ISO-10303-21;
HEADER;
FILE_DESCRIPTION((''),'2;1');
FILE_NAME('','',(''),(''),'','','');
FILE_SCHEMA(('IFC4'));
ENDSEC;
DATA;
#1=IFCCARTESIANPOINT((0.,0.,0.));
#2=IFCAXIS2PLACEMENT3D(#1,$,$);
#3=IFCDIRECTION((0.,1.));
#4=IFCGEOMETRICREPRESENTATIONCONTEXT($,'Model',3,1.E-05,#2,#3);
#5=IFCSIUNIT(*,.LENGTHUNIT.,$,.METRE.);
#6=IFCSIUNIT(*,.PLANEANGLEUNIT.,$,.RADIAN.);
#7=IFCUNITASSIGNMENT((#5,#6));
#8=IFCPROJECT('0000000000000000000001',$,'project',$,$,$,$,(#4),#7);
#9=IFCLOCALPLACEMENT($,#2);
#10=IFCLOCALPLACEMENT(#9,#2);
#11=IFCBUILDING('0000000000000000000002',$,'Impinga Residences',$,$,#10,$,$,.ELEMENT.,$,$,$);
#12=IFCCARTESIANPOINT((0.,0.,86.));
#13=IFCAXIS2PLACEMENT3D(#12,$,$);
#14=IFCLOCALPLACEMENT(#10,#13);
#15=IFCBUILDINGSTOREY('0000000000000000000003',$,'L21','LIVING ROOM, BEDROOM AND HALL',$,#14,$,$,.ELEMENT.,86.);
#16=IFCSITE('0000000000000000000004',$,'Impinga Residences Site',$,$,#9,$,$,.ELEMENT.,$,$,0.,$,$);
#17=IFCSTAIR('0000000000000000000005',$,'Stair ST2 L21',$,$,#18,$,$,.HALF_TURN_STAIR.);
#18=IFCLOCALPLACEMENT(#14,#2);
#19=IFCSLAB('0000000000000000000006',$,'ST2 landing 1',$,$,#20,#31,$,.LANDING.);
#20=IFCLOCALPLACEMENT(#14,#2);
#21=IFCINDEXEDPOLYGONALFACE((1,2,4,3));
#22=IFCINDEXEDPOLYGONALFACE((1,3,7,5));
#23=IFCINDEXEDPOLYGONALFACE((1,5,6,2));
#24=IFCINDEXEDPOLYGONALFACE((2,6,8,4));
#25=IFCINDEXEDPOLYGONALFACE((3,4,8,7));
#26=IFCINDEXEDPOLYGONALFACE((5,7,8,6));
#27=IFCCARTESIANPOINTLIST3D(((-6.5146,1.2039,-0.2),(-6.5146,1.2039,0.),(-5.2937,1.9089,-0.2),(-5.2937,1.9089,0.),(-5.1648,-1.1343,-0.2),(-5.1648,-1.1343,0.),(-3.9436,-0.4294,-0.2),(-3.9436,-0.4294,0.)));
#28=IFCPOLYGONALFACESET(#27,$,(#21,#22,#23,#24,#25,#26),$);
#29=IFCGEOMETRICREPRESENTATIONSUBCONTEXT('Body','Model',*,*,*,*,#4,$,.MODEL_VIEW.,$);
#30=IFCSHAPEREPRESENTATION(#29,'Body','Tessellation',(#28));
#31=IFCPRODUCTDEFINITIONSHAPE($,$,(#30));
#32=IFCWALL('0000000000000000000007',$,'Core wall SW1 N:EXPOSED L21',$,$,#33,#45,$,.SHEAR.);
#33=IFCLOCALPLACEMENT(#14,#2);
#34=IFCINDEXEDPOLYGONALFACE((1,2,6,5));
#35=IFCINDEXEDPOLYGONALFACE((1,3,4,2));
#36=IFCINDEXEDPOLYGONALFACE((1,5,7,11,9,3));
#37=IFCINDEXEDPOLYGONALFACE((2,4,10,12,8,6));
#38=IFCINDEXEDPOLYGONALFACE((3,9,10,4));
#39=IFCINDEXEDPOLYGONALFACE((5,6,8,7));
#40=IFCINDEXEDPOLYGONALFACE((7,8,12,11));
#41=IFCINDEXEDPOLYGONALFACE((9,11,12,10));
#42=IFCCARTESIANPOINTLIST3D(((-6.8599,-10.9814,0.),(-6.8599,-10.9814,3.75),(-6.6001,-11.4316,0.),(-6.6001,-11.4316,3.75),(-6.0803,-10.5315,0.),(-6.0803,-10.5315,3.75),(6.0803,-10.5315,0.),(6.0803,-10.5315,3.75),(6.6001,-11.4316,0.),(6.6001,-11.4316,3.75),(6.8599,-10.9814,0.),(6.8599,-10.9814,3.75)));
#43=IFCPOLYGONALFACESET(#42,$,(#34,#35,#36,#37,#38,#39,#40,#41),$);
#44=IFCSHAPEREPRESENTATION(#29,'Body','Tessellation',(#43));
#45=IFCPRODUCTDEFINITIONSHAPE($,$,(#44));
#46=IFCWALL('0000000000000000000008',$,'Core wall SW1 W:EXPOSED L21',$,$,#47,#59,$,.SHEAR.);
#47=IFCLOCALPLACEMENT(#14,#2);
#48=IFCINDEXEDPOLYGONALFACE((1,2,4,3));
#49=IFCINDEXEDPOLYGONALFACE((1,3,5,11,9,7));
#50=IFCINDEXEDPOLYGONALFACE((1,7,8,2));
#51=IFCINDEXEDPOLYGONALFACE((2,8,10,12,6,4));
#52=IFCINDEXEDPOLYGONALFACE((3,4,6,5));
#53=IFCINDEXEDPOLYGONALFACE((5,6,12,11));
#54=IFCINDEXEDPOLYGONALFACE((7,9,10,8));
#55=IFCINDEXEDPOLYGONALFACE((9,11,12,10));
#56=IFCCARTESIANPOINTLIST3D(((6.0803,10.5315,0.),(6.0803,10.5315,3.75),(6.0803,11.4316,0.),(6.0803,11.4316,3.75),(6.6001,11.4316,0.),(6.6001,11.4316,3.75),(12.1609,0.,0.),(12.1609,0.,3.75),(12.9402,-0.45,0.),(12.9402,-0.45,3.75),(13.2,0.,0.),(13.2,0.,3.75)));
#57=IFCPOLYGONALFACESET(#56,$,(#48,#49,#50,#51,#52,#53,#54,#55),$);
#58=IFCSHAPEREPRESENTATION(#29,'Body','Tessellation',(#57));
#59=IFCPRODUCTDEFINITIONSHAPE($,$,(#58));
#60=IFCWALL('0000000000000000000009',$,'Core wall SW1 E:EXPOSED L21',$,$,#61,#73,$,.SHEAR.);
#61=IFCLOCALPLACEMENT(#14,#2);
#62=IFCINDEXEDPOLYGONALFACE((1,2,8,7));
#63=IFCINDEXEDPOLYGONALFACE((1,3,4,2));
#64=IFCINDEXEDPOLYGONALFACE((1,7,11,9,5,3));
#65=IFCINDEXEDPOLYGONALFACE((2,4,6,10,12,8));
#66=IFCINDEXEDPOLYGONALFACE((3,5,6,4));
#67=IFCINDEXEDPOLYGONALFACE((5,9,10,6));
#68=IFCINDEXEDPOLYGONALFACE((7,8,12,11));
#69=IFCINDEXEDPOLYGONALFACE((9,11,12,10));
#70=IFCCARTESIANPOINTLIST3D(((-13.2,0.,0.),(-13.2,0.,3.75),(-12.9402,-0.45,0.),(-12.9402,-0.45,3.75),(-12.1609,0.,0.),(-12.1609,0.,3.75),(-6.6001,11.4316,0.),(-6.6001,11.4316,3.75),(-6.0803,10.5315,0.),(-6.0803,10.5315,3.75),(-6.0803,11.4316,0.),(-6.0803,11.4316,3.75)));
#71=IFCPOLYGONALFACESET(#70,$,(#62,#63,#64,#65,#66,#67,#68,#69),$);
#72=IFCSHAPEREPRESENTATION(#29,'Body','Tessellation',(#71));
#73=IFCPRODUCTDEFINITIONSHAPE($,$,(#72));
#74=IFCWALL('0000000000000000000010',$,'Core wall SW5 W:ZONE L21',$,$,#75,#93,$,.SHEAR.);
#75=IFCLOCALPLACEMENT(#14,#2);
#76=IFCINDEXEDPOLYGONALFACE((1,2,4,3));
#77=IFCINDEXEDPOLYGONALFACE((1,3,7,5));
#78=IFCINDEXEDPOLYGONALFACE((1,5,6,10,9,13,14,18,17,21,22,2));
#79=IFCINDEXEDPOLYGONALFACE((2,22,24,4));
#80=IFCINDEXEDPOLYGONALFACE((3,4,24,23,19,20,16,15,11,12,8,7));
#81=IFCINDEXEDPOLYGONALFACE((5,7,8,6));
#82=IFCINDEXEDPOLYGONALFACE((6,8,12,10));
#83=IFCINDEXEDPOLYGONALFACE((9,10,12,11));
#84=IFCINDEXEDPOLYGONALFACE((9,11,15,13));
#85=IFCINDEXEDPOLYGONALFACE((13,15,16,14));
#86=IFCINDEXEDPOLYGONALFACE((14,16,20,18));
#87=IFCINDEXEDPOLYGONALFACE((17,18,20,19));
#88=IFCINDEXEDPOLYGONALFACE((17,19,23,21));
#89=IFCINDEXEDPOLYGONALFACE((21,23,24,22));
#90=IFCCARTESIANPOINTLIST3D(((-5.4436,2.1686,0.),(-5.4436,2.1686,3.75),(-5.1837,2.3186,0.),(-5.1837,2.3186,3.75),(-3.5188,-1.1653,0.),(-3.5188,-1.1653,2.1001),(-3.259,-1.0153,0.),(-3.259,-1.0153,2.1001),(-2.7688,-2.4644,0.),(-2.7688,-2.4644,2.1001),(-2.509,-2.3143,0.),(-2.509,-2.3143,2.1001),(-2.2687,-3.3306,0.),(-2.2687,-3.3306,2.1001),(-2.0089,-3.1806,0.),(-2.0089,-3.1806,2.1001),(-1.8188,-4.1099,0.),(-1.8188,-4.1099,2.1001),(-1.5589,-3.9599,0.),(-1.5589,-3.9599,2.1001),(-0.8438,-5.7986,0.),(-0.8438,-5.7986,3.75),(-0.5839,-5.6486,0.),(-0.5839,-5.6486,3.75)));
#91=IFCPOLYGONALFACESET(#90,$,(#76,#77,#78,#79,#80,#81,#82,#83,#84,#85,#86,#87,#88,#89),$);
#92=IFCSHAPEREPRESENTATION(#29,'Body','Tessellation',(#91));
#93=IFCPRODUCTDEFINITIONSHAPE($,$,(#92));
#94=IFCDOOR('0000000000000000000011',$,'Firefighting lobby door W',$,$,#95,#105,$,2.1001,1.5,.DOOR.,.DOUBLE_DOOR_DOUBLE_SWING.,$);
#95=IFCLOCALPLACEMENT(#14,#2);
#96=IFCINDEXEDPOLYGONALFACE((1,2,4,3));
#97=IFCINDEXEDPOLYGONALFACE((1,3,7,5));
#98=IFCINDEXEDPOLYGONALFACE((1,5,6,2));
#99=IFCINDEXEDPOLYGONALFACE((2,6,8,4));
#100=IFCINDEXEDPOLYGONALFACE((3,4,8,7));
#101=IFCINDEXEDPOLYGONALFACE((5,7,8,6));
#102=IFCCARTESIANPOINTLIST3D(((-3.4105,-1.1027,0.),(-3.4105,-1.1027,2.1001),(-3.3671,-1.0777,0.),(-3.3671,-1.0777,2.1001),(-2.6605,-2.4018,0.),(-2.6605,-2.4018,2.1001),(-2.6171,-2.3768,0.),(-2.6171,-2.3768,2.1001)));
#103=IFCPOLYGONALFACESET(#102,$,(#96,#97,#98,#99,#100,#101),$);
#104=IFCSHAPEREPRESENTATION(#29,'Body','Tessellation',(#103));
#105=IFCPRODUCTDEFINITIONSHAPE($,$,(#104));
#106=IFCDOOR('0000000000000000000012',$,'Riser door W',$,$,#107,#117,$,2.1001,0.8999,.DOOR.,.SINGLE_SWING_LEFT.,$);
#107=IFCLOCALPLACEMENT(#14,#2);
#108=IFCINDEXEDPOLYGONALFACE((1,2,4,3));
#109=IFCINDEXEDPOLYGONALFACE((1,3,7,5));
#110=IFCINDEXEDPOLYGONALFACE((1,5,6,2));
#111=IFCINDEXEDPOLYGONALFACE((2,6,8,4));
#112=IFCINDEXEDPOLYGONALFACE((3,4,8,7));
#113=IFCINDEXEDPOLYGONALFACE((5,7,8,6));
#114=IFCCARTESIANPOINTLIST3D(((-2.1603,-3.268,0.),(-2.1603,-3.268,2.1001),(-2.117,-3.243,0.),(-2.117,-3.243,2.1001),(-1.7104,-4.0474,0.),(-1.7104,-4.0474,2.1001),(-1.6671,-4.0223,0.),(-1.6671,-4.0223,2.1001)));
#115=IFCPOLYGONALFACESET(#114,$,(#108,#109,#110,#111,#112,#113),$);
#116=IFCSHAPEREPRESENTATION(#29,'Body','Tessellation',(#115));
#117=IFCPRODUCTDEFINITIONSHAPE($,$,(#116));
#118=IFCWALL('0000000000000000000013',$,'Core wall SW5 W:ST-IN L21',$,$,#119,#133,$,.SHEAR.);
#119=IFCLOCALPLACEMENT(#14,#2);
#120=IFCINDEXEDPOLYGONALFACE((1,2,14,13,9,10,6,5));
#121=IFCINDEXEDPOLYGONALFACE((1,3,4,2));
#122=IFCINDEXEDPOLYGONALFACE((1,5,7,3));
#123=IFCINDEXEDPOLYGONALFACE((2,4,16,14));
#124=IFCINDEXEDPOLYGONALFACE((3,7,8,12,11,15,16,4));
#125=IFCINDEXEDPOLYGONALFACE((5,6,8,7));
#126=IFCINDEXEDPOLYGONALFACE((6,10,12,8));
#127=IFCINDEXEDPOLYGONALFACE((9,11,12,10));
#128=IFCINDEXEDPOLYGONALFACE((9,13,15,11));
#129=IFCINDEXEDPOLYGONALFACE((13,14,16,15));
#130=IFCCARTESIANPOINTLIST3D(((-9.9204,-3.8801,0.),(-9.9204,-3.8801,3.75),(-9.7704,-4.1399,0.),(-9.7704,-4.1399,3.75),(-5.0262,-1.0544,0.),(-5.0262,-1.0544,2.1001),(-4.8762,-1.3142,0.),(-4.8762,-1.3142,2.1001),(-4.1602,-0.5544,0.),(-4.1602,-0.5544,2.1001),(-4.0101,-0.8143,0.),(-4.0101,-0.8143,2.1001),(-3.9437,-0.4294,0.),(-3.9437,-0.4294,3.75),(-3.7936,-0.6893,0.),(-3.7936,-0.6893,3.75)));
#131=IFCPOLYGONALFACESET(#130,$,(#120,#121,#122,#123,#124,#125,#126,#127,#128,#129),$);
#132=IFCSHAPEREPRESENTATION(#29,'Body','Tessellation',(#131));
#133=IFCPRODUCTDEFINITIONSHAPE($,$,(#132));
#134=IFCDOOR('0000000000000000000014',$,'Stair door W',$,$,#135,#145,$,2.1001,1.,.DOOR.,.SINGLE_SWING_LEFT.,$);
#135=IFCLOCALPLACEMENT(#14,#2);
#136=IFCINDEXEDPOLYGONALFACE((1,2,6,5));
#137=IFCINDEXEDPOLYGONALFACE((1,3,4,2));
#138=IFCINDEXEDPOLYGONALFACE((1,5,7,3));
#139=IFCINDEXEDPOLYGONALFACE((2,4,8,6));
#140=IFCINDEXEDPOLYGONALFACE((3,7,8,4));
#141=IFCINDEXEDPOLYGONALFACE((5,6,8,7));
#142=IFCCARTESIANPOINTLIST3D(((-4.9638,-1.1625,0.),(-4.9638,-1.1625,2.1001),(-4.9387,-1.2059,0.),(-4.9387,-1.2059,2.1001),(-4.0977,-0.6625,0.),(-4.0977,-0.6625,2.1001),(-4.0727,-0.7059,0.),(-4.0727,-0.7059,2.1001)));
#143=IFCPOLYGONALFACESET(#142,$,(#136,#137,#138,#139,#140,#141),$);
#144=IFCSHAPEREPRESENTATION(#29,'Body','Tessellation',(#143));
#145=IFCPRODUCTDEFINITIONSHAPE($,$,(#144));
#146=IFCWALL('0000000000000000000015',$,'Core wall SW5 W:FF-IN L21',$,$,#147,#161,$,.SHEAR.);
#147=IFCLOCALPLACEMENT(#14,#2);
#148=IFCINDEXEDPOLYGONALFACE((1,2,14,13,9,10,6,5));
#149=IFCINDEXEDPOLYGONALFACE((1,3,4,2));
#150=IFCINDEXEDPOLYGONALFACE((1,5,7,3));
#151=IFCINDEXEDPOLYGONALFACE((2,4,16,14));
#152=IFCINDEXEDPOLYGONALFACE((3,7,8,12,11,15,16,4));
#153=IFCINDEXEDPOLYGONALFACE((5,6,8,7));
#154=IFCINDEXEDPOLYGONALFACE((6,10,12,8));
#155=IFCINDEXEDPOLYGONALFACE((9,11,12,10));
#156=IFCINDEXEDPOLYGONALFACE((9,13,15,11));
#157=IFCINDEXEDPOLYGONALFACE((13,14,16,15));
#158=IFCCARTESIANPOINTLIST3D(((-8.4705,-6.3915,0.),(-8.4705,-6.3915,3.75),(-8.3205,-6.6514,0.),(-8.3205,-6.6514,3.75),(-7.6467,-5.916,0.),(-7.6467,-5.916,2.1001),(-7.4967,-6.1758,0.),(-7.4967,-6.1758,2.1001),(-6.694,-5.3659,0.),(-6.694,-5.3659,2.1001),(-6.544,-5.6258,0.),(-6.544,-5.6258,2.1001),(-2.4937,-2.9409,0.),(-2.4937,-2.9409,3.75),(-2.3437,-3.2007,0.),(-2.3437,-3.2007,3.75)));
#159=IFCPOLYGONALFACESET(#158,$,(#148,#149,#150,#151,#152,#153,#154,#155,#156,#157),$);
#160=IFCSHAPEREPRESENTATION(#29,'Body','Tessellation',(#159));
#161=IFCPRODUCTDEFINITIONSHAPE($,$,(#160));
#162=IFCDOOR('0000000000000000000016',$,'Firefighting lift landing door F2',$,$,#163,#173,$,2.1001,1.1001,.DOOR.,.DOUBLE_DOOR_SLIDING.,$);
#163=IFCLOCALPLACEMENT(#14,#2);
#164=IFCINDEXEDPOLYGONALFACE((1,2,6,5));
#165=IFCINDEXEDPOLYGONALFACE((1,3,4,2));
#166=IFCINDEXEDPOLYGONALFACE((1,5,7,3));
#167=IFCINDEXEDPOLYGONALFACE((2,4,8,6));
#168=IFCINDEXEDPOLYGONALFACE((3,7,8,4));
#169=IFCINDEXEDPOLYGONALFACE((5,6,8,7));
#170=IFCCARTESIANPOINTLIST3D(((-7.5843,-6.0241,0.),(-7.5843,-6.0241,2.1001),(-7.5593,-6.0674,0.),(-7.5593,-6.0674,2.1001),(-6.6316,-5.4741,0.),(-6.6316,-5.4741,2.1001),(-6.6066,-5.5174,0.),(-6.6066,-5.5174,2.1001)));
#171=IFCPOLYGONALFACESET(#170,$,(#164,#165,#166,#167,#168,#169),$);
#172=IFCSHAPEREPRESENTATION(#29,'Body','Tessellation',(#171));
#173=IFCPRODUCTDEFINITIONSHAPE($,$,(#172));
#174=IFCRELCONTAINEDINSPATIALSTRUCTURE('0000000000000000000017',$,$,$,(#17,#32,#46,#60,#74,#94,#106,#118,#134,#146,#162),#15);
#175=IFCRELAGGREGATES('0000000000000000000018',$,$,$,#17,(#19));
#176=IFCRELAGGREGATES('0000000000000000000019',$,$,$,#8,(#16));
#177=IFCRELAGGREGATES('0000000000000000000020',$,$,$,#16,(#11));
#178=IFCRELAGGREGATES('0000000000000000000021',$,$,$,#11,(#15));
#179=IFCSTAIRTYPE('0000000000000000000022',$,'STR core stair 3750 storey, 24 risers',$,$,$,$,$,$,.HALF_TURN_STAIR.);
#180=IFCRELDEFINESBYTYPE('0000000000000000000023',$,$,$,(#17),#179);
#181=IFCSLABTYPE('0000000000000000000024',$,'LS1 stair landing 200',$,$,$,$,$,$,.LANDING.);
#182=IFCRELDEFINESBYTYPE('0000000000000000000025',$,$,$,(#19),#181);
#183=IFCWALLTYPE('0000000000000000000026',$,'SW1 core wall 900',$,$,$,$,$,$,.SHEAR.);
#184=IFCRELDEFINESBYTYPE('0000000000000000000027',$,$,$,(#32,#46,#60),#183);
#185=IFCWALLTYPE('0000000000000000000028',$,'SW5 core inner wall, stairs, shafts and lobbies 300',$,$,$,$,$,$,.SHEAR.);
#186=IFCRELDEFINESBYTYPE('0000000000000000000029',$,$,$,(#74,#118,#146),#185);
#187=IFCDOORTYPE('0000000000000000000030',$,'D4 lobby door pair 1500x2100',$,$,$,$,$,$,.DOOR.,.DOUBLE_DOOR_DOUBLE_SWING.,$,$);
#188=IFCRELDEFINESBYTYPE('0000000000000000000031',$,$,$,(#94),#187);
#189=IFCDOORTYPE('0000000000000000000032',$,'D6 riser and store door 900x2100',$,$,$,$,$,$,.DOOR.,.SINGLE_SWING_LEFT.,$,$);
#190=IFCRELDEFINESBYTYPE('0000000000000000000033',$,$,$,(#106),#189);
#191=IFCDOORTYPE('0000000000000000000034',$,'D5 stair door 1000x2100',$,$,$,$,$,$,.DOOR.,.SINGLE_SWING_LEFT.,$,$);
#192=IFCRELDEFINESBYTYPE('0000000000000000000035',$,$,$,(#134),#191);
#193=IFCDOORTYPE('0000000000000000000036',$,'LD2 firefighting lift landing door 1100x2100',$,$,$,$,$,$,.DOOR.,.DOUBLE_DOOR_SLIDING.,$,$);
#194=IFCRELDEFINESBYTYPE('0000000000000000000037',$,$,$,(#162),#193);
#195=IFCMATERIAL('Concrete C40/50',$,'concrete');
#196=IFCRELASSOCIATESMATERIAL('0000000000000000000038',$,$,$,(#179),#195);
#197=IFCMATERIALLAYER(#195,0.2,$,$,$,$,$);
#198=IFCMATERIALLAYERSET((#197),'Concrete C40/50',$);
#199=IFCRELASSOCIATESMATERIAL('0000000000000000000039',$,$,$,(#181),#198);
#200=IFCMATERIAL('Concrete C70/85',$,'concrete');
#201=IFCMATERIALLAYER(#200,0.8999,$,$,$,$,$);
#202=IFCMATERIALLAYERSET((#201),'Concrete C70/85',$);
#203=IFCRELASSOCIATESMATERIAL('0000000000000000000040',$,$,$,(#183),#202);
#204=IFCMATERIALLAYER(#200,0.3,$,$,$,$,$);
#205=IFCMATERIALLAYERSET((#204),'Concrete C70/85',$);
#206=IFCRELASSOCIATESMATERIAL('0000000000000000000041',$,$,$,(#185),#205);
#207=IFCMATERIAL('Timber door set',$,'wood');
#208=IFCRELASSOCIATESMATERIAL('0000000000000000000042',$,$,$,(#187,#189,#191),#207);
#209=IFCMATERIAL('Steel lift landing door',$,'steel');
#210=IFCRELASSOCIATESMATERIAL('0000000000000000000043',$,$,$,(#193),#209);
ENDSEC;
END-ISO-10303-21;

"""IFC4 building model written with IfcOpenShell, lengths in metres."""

from ifc_helpers import new_model, si_unit, direction, frame, frame_2d, origin, place, context, subcontext, project, spatial, polyline, rectangle, outline, extrude, material, layer, layer_set, type_object, element, fill, aggregate, save


model = new_model("IFC4")

# Units and contexts
model_context = context("Model", 3, precision=1e-05, world=origin(), true_north=direction((0.0, 1.0)))
body_context = subcontext(model_context, "Body", "Model", "MODEL_VIEW")
ifc_project = project(units=[si_unit("LENGTHUNIT", "METRE"), si_unit("PLANEANGLEUNIT", "RADIAN")], contexts=[model_context])

# Site, building, storey
site_placement = place(None, origin())
site = spatial("IfcSite", under=ifc_project, at=site_placement, Name="Impinga Residences Site", CompositionType="ELEMENT", RefElevation=0.0)
building_placement = place(site_placement, origin())
building = spatial("IfcBuilding", under=site, at=building_placement, Name="Impinga Residences", CompositionType="ELEMENT")
storey_placement = place(building_placement, frame((0.0, 0.0, 86.0)))
storey = spatial("IfcBuildingStorey", under=building, at=storey_placement, Name="L21", Description="LIVING ROOM, BEDROOM AND HALL", CompositionType="ELEMENT", Elevation=86.0)

# Shared definitions
ifc_material_1 = material(Name="Concrete C40/50", Category="concrete")
stair_type = type_object("IfcStairType", Name="STR core stair 3750 storey, 24 risers", PredefinedType="HALF_TURN_STAIR", material=ifc_material_1)
ifc_layer_1 = layer(ifc_material_1, 0.2)
ifc_layer_set_1 = layer_set([ifc_layer_1], Name="Concrete C40/50")
slab_type_1 = type_object("IfcSlabType", Name="LS1 stair landing 200", PredefinedType="LANDING", material=ifc_layer_set_1)

# Stair, slab
stair_1_placement = place(storey_placement, origin())
stair_1 = element("IfcStair", 1, at=stair_1_placement, inside=storey, type_object=stair_type, Name="Stair ST2 L21", PredefinedType="HALF_TURN_STAIR")
slab_1_placement = place(storey_placement, frame((0.0, 0.0, -0.2)))
slab_1 = element("IfcSlab", 2, at=slab_1_placement, type_object=slab_type_1, Name="ST2 landing 1", PredefinedType="LANDING", context=body_context, shape_type="SweptSolid", body=[
    extrude(outline(polyline([(-3.9436, -0.4294), (-5.2937, 1.9089), (-6.5146, 1.2039), (-5.1648, -1.1343), (-3.9436, -0.4294)])), origin(), (0.0, 0.0, 1.0), 0.2),
])

# Walls
ifc_material_2 = material(Name="Concrete C70/85", Category="concrete")
ifc_layer_2 = layer(ifc_material_2, 0.8999)
ifc_layer_set_2 = layer_set([ifc_layer_2], Name="Concrete C70/85")
wall_type_1 = type_object("IfcWallType", Name="SW1 core wall 900", PredefinedType="SHEAR", material=ifc_layer_set_2)
wall_1_placement = place(storey_placement, origin())
element("IfcWall", 3, at=wall_1_placement, inside=storey, type_object=wall_type_1, Name="Core wall SW1 N:EXPOSED L21", PredefinedType="SHEAR", context=body_context, shape_type="SweptSolid", body=[
    extrude(outline(polyline([(-6.6001, -11.4316), (6.6001, -11.4316), (6.8599, -10.9814), (6.0803, -10.5315), (-6.0803, -10.5315), (-6.8599, -10.9814), (-6.6001, -11.4316)])), origin(), (0.0, 0.0, 1.0), 3.75),
])
wall_2_placement = place(storey_placement, origin())
element("IfcWall", 4, at=wall_2_placement, inside=storey, type_object=wall_type_1, Name="Core wall SW1 W:EXPOSED L21", PredefinedType="SHEAR", context=body_context, shape_type="SweptSolid", body=[
    extrude(outline(polyline([(13.2, 0.0), (6.6001, 11.4316), (6.0803, 11.4316), (6.0803, 10.5315), (12.1609, 0.0), (12.9402, -0.45), (13.2, 0.0)])), origin(), (0.0, 0.0, 1.0), 3.75),
])
wall_3_placement = place(storey_placement, origin())
element("IfcWall", 5, at=wall_3_placement, inside=storey, type_object=wall_type_1, Name="Core wall SW1 E:EXPOSED L21", PredefinedType="SHEAR", context=body_context, shape_type="SweptSolid", body=[
    extrude(outline(polyline([(-6.6001, 11.4316), (-13.2, 0.0), (-12.9402, -0.45), (-12.1609, 0.0), (-6.0803, 10.5315), (-6.0803, 11.4316), (-6.6001, 11.4316)])), origin(), (0.0, 0.0, 1.0), 3.75),
])

# Wall, openings, doors
ifc_layer_3 = layer(ifc_material_2, 0.3)
ifc_layer_set_3 = layer_set([ifc_layer_3], Name="Concrete C70/85")
wall_type_2 = type_object("IfcWallType", Name="SW5 core inner wall, stairs, shafts and lobbies 300", PredefinedType="SHEAR", material=ifc_layer_set_3)
wall_4_placement = place(storey_placement, frame((-0.7139, -5.7236, 0.0), z_axis=(0.0, 0.0, 1.0), x_axis=(-0.499995, 0.866028, 0.0)))
wall_4 = element("IfcWall", 6, at=wall_4_placement, inside=storey, type_object=wall_type_2, Name="Core wall SW5 W:ZONE L21", PredefinedType="SHEAR", context=body_context, shape_type="SweptSolid", body=[
    extrude(rectangle(XDim=9.1997, YDim=0.3, at=frame_2d((4.5999, 0.0))), origin(), (0.0, 0.0, 1.0), 3.75),
])
opening_1_placement = place(wall_4_placement, frame((3.8501, 0.0, 0.0)))
opening_1 = element("IfcOpeningElement", 7, at=opening_1_placement, cuts=wall_4, PredefinedType="OPENING", context=body_context, shape_type="SweptSolid", body=[
    extrude(rectangle(XDim=1.5, YDim=2.1001, at=frame_2d((0.75, 1.05))), frame((0.0, 0.1599, 0.0), z_axis=(0.0, -1.0, 0.0), x_axis=(1.0, 0.0, 0.0)), (0.0, 0.0, 1.0), 0.3201),
])
opening_2_placement = place(wall_4_placement, frame((1.95, 0.0, 0.0)))
opening_2 = element("IfcOpeningElement", 8, at=opening_2_placement, cuts=wall_4, PredefinedType="OPENING", context=body_context, shape_type="SweptSolid", body=[
    extrude(rectangle(XDim=0.8999, YDim=2.1001, at=frame_2d((0.45, 1.05))), frame((0.0, 0.1599, 0.0), z_axis=(0.0, -1.0, 0.0), x_axis=(1.0, 0.0, 0.0)), (0.0, 0.0, 1.0), 0.3201),
])
ifc_material_3 = material(Name="Timber door set", Category="wood")
door_type_1 = type_object("IfcDoorType", Name="D4 lobby door pair 1500x2100", OperationType="DOUBLE_DOOR_DOUBLE_SWING", PredefinedType="DOOR", material=ifc_material_3)
door_1_placement = place(opening_1_placement, origin())
door_1 = element("IfcDoor", 9, at=door_1_placement, inside=storey, type_object=door_type_1, Name="Firefighting lobby door W", OperationType="DOUBLE_DOOR_DOUBLE_SWING", OverallHeight=2.1001, OverallWidth=1.5, PredefinedType="DOOR", context=body_context, shape_type="SweptSolid", body=[
    extrude(rectangle(XDim=1.5, YDim=2.1001, at=frame_2d((0.75, 1.05))), frame((0.0, 0.0249, 0.0), z_axis=(0.0, -1.0, 0.0), x_axis=(1.0, 0.0, 0.0)), (0.0, 0.0, 1.0), 0.05),
])
fill(opening_1, door_1)
door_type_2 = type_object("IfcDoorType", Name="D6 riser and store door 900x2100", OperationType="SINGLE_SWING_LEFT", PredefinedType="DOOR", material=ifc_material_3)
door_2_placement = place(opening_2_placement, origin())
door_2 = element("IfcDoor", 10, at=door_2_placement, inside=storey, type_object=door_type_2, Name="Riser door W", OperationType="SINGLE_SWING_LEFT", OverallHeight=2.1001, OverallWidth=0.8999, PredefinedType="DOOR", context=body_context, shape_type="SweptSolid", body=[
    extrude(rectangle(XDim=0.8999, YDim=2.1001, at=frame_2d((0.45, 1.05))), frame((0.0, 0.0249, 0.0), z_axis=(0.0, -1.0, 0.0), x_axis=(1.0, 0.0, 0.0)), (0.0, 0.0, 1.0), 0.05),
])
fill(opening_2, door_2)

# Walls, openings, doors
wall_5_placement = place(storey_placement, frame((-3.8687, -0.5593, 0.0), z_axis=(0.0, 0.0, 1.0), x_axis=(-0.866027, -0.499997, 0.0)))
wall_5 = element("IfcWall", 11, at=wall_5_placement, inside=storey, type_object=wall_type_2, Name="Core wall SW5 W:ST-IN L21", PredefinedType="SHEAR", context=body_context, shape_type="SweptSolid", body=[
    extrude(rectangle(XDim=6.9014, YDim=0.3, at=frame_2d((3.4507, 0.0))), origin(), (0.0, 0.0, 1.0), 3.75),
])
opening_3_placement = place(wall_5_placement, frame((0.25, 0.0, 0.0)))
opening_3 = element("IfcOpeningElement", 12, at=opening_3_placement, cuts=wall_5, PredefinedType="OPENING", context=body_context, shape_type="SweptSolid", body=[
    extrude(rectangle(XDim=1.0, YDim=2.1001, at=frame_2d((0.5, 1.05))), frame((0.0, 0.1599, 0.0), z_axis=(0.0, -1.0, 0.0), x_axis=(1.0, 0.0, 0.0)), (0.0, 0.0, 1.0), 0.3201),
])
door_type_3 = type_object("IfcDoorType", Name="D5 stair door 1000x2100", OperationType="SINGLE_SWING_LEFT", PredefinedType="DOOR", material=ifc_material_3)
door_3_placement = place(opening_3_placement, origin())
door_3 = element("IfcDoor", 13, at=door_3_placement, inside=storey, type_object=door_type_3, Name="Stair door W", OperationType="SINGLE_SWING_LEFT", OverallHeight=2.1001, OverallWidth=1.0, PredefinedType="DOOR", context=body_context, shape_type="SweptSolid", body=[
    extrude(rectangle(XDim=1.0, YDim=2.1001, at=frame_2d((0.5, 1.05))), frame((0.0, 0.0249, 0.0), z_axis=(0.0, -1.0, 0.0), x_axis=(1.0, 0.0, 0.0)), (0.0, 0.0, 1.0), 0.05),
])
fill(opening_3, door_3)
wall_6_placement = place(storey_placement, frame((-2.4187, -3.0708, 0.0), z_axis=(0.0, 0.0, 1.0), x_axis=(-0.866027, -0.499997, 0.0)))
wall_6 = element("IfcWall", 14, at=wall_6_placement, inside=storey, type_object=wall_type_2, Name="Core wall SW5 W:FF-IN L21", PredefinedType="SHEAR", context=body_context, shape_type="SweptSolid", body=[
    extrude(rectangle(XDim=6.9014, YDim=0.3, at=frame_2d((3.4507, 0.0))), origin(), (0.0, 0.0, 1.0), 3.75),
])
opening_4_placement = place(wall_6_placement, frame((4.8501, 0.0, 0.0)))
opening_4 = element("IfcOpeningElement", 15, at=opening_4_placement, cuts=wall_6, PredefinedType="OPENING", context=body_context, shape_type="SweptSolid", body=[
    extrude(rectangle(XDim=1.1001, YDim=2.1001, at=frame_2d((0.55, 1.05))), frame((0.0, 0.1599, 0.0), z_axis=(0.0, -1.0, 0.0), x_axis=(1.0, 0.0, 0.0)), (0.0, 0.0, 1.0), 0.3201),
])
ifc_material_4 = material(Name="Steel lift landing door", Category="steel")
door_type_4 = type_object("IfcDoorType", Name="LD2 firefighting lift landing door 1100x2100", OperationType="DOUBLE_DOOR_SLIDING", PredefinedType="DOOR", material=ifc_material_4)
door_4_placement = place(opening_4_placement, origin())
door_4 = element("IfcDoor", 16, at=door_4_placement, inside=storey, type_object=door_type_4, Name="Firefighting lift landing door F2", OperationType="DOUBLE_DOOR_SLIDING", OverallHeight=2.1001, OverallWidth=1.1001, PredefinedType="DOOR", context=body_context, shape_type="SweptSolid", body=[
    extrude(rectangle(XDim=1.1001, YDim=2.1001, at=frame_2d((0.55, 1.05))), frame((0.0, 0.0249, 0.0), z_axis=(0.0, -1.0, 0.0), x_axis=(1.0, 0.0, 0.0)), (0.0, 0.0, 1.0), 0.05),
])
fill(opening_4, door_4)

aggregate(stair_1, [slab_1])

save(model, "model.ifc")
